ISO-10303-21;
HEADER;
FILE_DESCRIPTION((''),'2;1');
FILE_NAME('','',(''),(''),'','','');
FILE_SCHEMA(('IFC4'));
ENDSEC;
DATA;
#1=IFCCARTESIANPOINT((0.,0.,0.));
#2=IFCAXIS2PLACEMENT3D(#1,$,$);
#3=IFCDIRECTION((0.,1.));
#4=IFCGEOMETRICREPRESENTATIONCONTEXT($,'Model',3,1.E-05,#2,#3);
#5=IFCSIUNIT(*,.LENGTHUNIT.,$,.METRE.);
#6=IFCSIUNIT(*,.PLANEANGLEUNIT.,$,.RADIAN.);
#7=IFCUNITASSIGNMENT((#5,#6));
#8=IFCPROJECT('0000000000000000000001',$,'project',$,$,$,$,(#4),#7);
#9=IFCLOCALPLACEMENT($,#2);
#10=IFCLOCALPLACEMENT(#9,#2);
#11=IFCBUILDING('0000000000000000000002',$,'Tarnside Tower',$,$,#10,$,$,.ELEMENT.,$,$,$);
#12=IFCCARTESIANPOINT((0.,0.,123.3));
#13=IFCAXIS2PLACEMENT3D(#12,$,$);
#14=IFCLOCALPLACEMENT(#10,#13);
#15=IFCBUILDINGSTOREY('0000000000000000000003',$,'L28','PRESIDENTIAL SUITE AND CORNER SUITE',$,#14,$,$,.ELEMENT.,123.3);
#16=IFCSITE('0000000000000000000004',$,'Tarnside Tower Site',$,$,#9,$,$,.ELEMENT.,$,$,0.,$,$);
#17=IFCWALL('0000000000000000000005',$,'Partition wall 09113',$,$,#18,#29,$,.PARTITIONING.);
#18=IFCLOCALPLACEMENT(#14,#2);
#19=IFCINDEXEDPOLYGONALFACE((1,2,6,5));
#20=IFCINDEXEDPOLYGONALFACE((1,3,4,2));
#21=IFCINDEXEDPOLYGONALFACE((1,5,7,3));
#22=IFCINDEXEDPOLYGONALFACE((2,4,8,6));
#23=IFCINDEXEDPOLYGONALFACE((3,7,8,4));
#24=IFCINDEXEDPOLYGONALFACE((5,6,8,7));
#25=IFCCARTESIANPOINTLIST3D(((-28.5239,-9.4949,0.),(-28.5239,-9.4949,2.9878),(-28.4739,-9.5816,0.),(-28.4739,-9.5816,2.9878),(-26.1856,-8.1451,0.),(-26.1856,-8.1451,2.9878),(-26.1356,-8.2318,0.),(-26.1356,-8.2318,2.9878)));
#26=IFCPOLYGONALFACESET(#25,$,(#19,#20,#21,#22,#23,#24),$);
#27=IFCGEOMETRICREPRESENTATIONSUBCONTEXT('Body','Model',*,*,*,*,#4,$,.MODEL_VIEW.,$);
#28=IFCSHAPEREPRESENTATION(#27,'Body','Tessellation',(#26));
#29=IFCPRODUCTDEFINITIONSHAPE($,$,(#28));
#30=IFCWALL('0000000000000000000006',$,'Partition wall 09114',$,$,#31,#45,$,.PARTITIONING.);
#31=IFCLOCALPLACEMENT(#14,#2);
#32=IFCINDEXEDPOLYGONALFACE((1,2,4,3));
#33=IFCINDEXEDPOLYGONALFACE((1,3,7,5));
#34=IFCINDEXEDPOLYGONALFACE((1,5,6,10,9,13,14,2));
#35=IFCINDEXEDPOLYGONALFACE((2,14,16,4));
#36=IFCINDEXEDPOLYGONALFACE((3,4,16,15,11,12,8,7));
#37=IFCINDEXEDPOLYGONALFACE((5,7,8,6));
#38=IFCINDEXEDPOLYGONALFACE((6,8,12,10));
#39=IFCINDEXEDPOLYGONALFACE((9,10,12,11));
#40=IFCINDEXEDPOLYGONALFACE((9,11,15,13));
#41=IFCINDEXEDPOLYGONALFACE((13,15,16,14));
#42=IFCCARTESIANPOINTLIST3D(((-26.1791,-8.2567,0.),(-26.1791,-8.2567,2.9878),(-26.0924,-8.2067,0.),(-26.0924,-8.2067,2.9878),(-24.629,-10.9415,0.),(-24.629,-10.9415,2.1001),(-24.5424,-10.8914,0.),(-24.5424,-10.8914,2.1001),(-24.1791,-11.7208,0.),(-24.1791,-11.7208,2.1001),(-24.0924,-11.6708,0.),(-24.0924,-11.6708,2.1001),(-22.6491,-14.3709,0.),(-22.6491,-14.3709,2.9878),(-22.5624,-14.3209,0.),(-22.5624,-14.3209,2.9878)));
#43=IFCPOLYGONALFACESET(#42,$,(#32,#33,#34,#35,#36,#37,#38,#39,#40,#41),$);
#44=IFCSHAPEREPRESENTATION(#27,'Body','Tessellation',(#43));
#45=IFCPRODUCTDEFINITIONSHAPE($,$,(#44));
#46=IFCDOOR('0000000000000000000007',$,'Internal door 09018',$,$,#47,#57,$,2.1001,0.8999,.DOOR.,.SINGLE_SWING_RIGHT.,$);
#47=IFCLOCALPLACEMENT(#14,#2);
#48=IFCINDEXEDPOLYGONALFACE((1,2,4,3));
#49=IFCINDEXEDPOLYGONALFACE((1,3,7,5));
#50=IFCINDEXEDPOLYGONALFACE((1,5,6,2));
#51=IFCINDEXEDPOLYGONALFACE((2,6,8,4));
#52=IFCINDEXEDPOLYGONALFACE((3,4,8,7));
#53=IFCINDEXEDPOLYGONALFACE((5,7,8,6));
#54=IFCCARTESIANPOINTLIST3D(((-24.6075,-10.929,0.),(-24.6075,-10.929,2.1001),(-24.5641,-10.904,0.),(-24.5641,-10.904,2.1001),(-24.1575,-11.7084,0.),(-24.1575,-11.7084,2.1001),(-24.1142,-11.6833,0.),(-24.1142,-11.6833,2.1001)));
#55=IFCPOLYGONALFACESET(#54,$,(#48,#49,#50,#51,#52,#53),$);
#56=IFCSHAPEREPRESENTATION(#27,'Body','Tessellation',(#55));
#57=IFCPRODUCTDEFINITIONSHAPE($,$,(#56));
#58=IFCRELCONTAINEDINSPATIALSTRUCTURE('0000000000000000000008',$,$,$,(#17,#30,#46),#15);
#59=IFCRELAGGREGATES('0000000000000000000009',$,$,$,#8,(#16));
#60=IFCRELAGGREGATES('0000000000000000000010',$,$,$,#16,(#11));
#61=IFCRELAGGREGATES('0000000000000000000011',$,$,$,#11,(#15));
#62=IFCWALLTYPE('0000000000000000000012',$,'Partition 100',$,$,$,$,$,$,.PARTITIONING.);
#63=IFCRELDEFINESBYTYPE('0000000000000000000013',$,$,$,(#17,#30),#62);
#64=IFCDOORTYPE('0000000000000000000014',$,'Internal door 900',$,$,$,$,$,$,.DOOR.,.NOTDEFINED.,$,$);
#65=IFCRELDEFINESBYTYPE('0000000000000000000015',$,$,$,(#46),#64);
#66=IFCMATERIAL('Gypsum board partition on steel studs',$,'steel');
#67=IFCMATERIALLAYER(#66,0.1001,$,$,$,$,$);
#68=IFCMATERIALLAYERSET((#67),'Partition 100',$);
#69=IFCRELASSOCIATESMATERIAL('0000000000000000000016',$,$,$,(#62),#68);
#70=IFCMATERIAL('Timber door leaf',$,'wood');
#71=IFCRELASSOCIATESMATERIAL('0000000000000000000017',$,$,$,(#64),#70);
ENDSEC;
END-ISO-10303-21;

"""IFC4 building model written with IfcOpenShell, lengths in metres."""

from ifc_helpers import new_model, si_unit, direction, frame, frame_2d, origin, place, context, subcontext, project, spatial, rectangle, extrude, material, layer, layer_set, type_object, element, fill, save


model = new_model("IFC4")

# Units and contexts
model_context = context("Model", 3, precision=1e-05, world=origin(), true_north=direction((0.0, 1.0)))
body_context = subcontext(model_context, "Body", "Model", "MODEL_VIEW")
ifc_project = project(units=[si_unit("LENGTHUNIT", "METRE"), si_unit("PLANEANGLEUNIT", "RADIAN")], contexts=[model_context])

# Site, building, storey
site_placement = place(None, origin())
site = spatial("IfcSite", under=ifc_project, at=site_placement, Name="Tarnside Tower Site", CompositionType="ELEMENT", RefElevation=0.0)
building_placement = place(site_placement, origin())
building = spatial("IfcBuilding", under=site, at=building_placement, Name="Tarnside Tower", CompositionType="ELEMENT")
storey_placement = place(building_placement, frame((0.0, 0.0, 123.3)))
storey = spatial("IfcBuildingStorey", under=building, at=storey_placement, Name="L28", Description="PRESIDENTIAL SUITE AND CORNER SUITE", CompositionType="ELEMENT", Elevation=123.3)

# Shared definitions
ifc_material_1 = material(Name="Gypsum board partition on steel studs", Category="steel")

# Shared definitions
ifc_material_2 = material(Name="Timber door leaf", Category="wood")

# Shared definitions
ifc_layer_1 = layer(ifc_material_1, 0.1001)
ifc_layer_set_1 = layer_set([ifc_layer_1], Name="Partition 100")
wall_type_1 = type_object("IfcWallType", Name="Partition 100", PredefinedType="PARTITIONING", material=ifc_layer_set_1)
door_type_1 = type_object("IfcDoorType", Name="Internal door 900", OperationType="NOTDEFINED", PredefinedType="DOOR", material=ifc_material_2)

# Wall
wall_1_placement = place(storey_placement, frame((-28.499, -9.5383, 0.0), z_axis=(0.0, 0.0, 1.0), x_axis=(0.866059, 0.499942, 0.0)))
element("IfcWall", 1, at=wall_1_placement, inside=storey, type_object=wall_type_1, Name="Partition wall 09113", PredefinedType="PARTITIONING", context=body_context, shape_type="SweptSolid", body=[
    extrude(rectangle(XDim=2.7, YDim=0.1001, at=frame_2d((1.3501, 0.0))), origin(), (0.0, 0.0, 1.0), 2.9878),
])

# Wall, opening, door
wall_2_placement = place(storey_placement, frame((-26.1357, -8.2317, 0.0), z_axis=(0.0, 0.0, 1.0), x_axis=(0.499996, -0.866028, 0.0)))
wall_2 = element("IfcWall", 2, at=wall_2_placement, inside=storey, type_object=wall_type_1, Name="Partition wall 09114", PredefinedType="PARTITIONING", context=body_context, shape_type="SweptSolid", body=[
    extrude(rectangle(XDim=7.0601, YDim=0.1001, at=frame_2d((3.53, 0.0))), origin(), (0.0, 0.0, 1.0), 2.9878),
])
opening_1_placement = place(wall_2_placement, frame((3.1001, 0.0, 0.0)))
opening_1 = element("IfcOpeningElement", 3, at=opening_1_placement, cuts=wall_2, PredefinedType="OPENING", context=body_context, shape_type="SweptSolid", body=[
    extrude(rectangle(XDim=0.8999, YDim=2.1001, at=frame_2d((0.45, 1.05))), frame((0.0, 0.0601, 0.0), z_axis=(0.0, -1.0, 0.0), x_axis=(1.0, 0.0, 0.0)), (0.0, 0.0, 1.0), 0.1201),
])
door_1_placement = place(opening_1_placement, origin())
door_1 = element("IfcDoor", 4, at=door_1_placement, inside=storey, type_object=door_type_1, Name="Internal door 09018", OperationType="SINGLE_SWING_RIGHT", OverallHeight=2.1001, OverallWidth=0.8999, PredefinedType="DOOR", context=body_context, shape_type="SweptSolid", body=[
    extrude(rectangle(XDim=0.8999, YDim=2.1001, at=frame_2d((0.45, 1.05))), frame((0.0, 0.0249, 0.0), z_axis=(0.0, -1.0, 0.0), x_axis=(1.0, 0.0, 0.0)), (0.0, 0.0, 1.0), 0.05),
])
fill(opening_1, door_1)

save(model, "model.ifc")
